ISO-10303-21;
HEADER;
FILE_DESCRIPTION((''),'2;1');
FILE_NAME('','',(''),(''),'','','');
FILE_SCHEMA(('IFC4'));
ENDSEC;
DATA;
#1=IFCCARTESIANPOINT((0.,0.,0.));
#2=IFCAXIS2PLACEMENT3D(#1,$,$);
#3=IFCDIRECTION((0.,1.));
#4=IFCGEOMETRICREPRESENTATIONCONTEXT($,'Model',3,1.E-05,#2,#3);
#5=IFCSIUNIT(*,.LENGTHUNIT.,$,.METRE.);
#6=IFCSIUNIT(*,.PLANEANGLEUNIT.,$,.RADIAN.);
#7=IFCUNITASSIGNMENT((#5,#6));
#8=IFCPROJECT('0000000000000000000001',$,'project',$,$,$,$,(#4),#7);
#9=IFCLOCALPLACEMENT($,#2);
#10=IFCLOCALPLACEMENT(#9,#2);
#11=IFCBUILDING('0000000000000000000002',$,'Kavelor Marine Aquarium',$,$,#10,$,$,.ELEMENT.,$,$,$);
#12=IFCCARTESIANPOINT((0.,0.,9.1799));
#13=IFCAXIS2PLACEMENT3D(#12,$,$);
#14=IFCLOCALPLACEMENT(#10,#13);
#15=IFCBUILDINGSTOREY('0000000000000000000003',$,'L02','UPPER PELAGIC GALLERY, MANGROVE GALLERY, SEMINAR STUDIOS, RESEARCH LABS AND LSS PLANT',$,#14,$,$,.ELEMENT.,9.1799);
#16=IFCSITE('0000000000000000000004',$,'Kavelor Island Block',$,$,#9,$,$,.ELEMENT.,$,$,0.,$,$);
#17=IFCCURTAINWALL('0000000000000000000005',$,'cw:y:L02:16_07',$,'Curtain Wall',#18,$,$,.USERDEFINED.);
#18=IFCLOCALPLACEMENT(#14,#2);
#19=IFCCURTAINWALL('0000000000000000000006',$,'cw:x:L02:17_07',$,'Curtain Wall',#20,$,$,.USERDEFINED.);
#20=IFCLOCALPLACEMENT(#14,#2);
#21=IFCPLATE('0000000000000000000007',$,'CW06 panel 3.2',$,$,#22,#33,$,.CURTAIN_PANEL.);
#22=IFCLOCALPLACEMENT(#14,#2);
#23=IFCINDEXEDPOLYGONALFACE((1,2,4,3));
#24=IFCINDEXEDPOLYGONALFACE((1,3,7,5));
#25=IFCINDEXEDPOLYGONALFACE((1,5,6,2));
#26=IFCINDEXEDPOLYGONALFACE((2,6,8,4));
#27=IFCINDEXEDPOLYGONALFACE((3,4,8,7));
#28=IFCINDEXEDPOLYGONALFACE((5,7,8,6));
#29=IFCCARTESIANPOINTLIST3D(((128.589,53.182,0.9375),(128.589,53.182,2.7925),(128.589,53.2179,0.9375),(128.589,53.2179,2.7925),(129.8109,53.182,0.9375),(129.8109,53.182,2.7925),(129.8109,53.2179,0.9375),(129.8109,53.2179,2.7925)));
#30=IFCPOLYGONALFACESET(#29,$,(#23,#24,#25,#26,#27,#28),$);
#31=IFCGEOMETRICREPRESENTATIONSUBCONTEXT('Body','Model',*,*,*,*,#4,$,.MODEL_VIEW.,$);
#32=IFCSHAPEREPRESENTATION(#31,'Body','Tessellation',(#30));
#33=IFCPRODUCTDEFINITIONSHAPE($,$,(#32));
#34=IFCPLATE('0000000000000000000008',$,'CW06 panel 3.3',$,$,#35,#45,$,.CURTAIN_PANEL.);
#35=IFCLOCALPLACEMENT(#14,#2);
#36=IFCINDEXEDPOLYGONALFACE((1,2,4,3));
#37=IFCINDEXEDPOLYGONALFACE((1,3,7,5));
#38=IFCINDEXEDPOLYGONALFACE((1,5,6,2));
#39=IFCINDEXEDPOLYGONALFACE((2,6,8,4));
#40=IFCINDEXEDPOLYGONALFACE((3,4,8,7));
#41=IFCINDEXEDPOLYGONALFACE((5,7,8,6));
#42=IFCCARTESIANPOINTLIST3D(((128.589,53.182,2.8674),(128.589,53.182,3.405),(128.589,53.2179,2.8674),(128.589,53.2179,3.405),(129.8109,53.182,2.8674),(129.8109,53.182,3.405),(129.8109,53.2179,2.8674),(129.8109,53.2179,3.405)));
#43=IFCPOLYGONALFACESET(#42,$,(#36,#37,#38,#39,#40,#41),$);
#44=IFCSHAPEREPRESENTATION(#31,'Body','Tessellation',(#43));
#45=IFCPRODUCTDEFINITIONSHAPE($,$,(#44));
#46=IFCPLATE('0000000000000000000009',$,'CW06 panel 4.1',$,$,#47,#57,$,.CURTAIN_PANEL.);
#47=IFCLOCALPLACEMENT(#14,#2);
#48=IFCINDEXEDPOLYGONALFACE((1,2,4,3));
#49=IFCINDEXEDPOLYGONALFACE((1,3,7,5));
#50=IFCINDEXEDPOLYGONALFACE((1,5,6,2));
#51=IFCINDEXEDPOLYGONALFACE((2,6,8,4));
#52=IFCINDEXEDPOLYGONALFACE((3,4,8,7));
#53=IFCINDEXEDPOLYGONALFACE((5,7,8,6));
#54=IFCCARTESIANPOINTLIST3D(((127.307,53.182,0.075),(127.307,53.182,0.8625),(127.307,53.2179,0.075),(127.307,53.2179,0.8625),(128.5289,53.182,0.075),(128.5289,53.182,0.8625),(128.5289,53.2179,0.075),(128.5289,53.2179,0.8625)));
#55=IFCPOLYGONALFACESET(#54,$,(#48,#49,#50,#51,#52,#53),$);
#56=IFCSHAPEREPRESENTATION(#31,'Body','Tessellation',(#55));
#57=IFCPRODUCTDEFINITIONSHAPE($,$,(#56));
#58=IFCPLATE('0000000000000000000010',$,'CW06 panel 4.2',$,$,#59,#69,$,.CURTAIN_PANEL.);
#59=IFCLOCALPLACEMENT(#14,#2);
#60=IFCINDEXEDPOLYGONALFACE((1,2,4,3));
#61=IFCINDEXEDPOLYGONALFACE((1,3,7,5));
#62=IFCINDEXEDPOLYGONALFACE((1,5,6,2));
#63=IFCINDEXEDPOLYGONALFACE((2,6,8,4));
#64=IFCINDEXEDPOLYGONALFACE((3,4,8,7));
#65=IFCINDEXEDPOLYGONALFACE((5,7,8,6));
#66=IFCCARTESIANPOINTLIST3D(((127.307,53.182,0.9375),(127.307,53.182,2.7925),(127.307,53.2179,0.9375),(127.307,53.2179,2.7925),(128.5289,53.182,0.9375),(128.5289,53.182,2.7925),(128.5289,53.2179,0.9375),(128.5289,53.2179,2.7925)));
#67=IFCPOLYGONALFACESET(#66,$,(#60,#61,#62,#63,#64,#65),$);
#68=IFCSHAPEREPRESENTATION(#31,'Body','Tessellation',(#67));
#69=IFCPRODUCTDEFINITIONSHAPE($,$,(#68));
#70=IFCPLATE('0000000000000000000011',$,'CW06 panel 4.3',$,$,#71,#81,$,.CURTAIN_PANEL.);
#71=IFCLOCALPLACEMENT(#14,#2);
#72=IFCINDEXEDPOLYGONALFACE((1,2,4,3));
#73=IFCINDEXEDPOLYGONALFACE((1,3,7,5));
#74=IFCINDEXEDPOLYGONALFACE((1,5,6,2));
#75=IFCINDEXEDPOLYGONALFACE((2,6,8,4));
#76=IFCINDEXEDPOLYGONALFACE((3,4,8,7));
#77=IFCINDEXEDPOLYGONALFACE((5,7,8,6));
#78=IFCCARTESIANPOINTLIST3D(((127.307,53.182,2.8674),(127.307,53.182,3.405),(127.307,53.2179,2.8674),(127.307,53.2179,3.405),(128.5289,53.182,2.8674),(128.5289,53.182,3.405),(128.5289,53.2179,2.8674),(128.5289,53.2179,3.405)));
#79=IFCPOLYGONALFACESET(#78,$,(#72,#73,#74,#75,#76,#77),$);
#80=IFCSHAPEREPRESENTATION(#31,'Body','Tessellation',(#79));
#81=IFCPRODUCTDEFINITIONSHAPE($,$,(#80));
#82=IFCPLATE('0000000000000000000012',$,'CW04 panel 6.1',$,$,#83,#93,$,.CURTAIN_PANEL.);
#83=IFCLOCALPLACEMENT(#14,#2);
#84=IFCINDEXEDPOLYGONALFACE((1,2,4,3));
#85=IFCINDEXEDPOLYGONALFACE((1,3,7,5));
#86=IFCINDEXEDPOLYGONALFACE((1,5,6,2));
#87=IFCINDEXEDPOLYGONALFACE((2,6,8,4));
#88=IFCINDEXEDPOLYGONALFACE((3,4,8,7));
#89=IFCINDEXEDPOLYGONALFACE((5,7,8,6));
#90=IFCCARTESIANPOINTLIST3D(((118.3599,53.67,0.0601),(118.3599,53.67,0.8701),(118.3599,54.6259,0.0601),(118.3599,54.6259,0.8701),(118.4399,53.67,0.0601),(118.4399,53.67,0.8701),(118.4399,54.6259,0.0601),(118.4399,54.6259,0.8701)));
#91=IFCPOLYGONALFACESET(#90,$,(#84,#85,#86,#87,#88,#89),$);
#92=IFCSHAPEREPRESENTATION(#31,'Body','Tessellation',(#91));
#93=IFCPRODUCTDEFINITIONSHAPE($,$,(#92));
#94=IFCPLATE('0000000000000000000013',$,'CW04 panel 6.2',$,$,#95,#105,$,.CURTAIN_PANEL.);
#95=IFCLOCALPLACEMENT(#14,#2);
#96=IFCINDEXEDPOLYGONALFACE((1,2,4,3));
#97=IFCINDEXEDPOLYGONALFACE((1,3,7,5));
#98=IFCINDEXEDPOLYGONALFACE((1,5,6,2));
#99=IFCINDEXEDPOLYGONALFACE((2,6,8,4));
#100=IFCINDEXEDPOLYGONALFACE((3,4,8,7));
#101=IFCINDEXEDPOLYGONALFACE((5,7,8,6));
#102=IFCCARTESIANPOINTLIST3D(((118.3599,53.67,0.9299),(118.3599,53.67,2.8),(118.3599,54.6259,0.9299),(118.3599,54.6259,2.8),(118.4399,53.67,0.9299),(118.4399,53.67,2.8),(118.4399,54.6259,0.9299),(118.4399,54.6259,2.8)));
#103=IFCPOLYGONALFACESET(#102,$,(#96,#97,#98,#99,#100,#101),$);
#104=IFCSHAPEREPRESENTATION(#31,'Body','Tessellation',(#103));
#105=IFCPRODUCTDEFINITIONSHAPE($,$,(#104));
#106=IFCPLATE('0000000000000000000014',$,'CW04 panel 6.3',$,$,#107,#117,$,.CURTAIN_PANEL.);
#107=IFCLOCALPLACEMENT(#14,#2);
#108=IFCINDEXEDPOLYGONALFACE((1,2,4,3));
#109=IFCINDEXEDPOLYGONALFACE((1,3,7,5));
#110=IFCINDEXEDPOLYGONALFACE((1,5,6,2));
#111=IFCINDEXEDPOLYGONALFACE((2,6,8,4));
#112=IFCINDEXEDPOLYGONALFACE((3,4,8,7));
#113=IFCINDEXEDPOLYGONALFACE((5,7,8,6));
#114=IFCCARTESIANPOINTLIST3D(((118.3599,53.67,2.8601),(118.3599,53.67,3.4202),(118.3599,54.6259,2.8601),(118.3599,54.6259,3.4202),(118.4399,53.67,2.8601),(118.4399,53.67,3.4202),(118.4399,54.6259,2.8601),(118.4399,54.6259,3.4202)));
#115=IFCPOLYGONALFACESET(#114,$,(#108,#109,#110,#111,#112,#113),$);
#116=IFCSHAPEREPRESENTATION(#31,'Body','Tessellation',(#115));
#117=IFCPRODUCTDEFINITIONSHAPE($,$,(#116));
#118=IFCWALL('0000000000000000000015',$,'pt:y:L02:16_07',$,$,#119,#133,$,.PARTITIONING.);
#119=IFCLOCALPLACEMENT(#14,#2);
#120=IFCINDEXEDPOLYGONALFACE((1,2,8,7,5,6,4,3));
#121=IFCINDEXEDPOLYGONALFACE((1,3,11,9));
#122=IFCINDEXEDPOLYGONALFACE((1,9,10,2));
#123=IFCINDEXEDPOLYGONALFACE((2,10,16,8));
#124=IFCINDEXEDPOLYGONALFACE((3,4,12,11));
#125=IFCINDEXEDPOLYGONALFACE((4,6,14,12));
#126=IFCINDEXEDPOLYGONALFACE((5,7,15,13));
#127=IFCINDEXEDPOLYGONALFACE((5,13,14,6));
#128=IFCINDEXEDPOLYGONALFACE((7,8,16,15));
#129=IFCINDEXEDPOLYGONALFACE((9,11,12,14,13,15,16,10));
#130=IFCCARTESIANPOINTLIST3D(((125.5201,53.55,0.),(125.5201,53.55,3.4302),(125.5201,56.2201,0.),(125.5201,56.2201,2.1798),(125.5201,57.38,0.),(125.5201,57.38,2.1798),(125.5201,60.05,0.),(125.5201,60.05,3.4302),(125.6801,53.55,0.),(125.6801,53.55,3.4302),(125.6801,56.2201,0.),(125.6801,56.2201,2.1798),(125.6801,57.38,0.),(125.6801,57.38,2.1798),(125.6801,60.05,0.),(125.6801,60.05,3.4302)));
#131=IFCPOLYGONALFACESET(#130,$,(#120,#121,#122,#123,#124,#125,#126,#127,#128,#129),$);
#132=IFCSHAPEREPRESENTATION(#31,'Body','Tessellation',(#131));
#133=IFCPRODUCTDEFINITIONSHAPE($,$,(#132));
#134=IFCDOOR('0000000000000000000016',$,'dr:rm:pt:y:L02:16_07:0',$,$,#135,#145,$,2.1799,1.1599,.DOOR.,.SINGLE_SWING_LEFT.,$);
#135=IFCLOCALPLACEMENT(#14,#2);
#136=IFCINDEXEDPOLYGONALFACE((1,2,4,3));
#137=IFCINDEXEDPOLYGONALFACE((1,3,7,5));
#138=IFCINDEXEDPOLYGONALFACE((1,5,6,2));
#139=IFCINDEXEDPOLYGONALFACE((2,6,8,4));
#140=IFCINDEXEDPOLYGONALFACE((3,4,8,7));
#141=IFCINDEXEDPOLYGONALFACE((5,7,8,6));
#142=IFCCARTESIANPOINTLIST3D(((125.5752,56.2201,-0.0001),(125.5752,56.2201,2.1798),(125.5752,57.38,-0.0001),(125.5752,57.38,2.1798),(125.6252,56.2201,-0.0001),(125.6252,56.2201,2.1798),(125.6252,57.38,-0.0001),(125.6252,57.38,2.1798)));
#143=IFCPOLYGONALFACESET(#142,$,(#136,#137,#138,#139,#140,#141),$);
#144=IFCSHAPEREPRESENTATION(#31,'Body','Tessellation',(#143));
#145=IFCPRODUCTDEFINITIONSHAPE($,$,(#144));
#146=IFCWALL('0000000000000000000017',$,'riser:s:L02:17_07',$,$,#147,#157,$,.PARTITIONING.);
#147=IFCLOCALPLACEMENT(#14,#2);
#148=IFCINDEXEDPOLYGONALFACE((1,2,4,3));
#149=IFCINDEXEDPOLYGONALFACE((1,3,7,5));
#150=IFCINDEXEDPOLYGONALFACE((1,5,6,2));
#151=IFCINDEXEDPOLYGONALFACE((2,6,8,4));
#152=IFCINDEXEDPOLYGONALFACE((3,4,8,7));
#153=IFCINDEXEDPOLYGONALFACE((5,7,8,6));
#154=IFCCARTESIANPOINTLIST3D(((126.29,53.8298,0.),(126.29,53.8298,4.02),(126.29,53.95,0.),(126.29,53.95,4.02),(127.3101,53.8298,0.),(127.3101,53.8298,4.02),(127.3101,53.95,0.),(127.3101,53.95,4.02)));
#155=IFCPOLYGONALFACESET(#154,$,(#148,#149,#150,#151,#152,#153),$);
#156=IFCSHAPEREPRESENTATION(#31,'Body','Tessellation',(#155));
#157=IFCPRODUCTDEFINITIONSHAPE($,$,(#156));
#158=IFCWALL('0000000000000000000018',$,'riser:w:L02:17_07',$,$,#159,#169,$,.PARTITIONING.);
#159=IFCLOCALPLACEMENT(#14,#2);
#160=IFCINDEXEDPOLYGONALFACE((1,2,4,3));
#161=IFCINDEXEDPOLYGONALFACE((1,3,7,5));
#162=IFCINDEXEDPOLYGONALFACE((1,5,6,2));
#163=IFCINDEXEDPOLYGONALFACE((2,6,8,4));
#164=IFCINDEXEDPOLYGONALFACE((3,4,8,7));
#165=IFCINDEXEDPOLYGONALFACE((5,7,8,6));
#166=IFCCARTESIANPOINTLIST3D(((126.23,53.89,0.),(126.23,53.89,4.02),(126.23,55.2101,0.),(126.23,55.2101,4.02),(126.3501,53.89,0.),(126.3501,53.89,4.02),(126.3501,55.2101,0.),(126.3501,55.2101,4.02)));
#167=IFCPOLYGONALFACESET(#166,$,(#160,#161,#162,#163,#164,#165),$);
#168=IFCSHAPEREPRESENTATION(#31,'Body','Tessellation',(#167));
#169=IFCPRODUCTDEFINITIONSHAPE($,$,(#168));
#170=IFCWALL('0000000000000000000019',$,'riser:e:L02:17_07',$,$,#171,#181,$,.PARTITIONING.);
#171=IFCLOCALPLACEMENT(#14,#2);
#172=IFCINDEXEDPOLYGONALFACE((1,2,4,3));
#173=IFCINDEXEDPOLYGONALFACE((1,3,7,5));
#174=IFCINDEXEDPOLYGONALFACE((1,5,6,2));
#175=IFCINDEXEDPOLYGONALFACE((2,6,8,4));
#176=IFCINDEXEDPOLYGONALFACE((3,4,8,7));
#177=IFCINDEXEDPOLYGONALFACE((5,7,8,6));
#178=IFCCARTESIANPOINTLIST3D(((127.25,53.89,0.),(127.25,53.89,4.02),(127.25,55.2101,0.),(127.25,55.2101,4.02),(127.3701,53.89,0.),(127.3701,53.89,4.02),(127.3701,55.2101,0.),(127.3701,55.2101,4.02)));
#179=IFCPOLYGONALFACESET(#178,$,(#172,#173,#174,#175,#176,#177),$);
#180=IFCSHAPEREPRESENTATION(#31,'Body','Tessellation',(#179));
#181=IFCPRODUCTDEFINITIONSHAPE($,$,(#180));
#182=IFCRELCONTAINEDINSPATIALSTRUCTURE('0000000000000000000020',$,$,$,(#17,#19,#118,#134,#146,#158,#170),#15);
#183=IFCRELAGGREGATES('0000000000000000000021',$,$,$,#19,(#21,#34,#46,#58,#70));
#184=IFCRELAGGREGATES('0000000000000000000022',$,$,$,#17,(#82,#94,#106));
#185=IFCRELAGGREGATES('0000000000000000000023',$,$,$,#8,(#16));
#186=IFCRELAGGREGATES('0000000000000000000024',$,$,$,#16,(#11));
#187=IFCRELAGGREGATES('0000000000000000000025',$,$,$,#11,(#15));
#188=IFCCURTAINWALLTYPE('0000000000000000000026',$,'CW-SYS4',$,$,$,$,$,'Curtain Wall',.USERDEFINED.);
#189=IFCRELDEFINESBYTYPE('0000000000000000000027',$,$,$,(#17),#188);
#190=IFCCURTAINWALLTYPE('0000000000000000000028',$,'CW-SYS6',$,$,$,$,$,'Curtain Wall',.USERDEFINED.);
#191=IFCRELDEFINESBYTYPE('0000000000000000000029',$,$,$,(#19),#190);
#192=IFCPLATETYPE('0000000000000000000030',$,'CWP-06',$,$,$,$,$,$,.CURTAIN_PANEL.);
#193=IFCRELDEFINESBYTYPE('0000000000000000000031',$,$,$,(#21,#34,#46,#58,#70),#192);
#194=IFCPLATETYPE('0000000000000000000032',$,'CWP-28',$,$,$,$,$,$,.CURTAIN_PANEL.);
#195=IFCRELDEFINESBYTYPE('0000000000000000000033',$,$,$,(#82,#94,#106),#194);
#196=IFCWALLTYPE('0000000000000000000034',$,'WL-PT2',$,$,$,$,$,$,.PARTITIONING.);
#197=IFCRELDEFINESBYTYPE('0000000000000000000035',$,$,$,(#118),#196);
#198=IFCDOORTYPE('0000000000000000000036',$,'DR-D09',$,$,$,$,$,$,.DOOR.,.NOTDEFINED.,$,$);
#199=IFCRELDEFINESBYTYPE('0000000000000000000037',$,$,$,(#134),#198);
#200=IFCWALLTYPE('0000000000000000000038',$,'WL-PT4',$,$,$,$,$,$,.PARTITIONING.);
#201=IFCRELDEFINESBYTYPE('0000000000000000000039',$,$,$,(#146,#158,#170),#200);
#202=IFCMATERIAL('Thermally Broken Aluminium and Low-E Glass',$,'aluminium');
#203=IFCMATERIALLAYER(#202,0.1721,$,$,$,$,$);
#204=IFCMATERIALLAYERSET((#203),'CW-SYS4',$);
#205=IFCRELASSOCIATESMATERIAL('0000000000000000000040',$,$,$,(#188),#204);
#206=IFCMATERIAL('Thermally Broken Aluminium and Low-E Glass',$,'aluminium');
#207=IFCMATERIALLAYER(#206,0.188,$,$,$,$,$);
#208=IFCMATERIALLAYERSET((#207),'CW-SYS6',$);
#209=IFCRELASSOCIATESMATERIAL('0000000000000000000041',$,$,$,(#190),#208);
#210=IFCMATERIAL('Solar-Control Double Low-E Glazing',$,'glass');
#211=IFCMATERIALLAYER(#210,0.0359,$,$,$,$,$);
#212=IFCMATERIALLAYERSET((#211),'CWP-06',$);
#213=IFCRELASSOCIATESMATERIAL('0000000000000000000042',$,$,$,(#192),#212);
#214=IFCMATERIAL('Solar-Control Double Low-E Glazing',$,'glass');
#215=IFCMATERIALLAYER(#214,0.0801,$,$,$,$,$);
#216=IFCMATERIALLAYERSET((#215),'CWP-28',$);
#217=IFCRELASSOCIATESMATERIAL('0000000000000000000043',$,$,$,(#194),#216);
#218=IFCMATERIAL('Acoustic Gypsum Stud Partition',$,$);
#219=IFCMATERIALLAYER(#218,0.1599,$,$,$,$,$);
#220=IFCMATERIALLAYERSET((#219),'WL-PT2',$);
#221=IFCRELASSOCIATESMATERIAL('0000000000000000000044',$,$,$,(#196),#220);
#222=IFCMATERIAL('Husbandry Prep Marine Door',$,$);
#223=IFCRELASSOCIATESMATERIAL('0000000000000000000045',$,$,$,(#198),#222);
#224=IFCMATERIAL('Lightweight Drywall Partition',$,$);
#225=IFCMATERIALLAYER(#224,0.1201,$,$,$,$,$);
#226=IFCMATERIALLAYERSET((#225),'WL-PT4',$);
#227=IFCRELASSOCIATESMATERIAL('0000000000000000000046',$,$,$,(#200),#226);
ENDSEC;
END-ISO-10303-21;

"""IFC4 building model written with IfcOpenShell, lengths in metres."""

from ifc_helpers import new_model, si_unit, direction, frame, frame_2d, origin, origin_2d, place, context, subcontext, project, spatial, rectangle, extrude, material, layer, layer_set, type_object, element, fill, aggregate, save


model = new_model("IFC4")

# Units and contexts
model_context = context("Model", 3, precision=1e-05, world=origin(), true_north=direction((0.0, 1.0)))
body_context = subcontext(model_context, "Body", "Model", "MODEL_VIEW")
ifc_project = project(units=[si_unit("LENGTHUNIT", "METRE"), si_unit("PLANEANGLEUNIT", "RADIAN")], contexts=[model_context])

# Site, building, storey
site_placement = place(None, origin())
site = spatial("IfcSite", under=ifc_project, at=site_placement, Name="Kavelor Island Block", CompositionType="ELEMENT", RefElevation=0.0)
building_placement = place(site_placement, origin())
building = spatial("IfcBuilding", under=site, at=building_placement, Name="Kavelor Marine Aquarium", CompositionType="ELEMENT")
storey_placement = place(building_placement, frame((0.0, 0.0, 9.1799)))
storey = spatial("IfcBuildingStorey", under=building, at=storey_placement, Name="L02", Description="UPPER PELAGIC GALLERY, MANGROVE GALLERY, SEMINAR STUDIOS, RESEARCH LABS AND LSS PLANT", CompositionType="ELEMENT", Elevation=9.1799)

# Curtain wall
ifc_material_1 = material(Name="Thermally Broken Aluminium and Low-E Glass", Category="aluminium")
ifc_layer_1 = layer(ifc_material_1, 0.1721)
ifc_layer_set_1 = layer_set([ifc_layer_1], Name="CW-SYS4")
curtain_wall_type_1 = type_object("IfcCurtainWallType", Name="CW-SYS4", ElementType="Curtain Wall", PredefinedType="USERDEFINED", material=ifc_layer_set_1)
curtain_wall_1_placement = place(storey_placement, origin())
curtain_wall_1 = element("IfcCurtainWall", 1, at=curtain_wall_1_placement, inside=storey, type_object=curtain_wall_type_1, Name="cw:y:L02:16_07", ObjectType="Curtain Wall", PredefinedType="USERDEFINED")

# Curtain wall
ifc_material_2 = material(Name="Thermally Broken Aluminium and Low-E Glass", Category="aluminium")
ifc_layer_2 = layer(ifc_material_2, 0.188)
ifc_layer_set_2 = layer_set([ifc_layer_2], Name="CW-SYS6")
curtain_wall_type_2 = type_object("IfcCurtainWallType", Name="CW-SYS6", ElementType="Curtain Wall", PredefinedType="USERDEFINED", material=ifc_layer_set_2)
curtain_wall_2_placement = place(storey_placement, origin())
curtain_wall_2 = element("IfcCurtainWall", 2, at=curtain_wall_2_placement, inside=storey, type_object=curtain_wall_type_2, Name="cw:x:L02:17_07", ObjectType="Curtain Wall", PredefinedType="USERDEFINED")

# Plates
ifc_material_3 = material(Name="Solar-Control Double Low-E Glazing", Category="glass")
ifc_layer_3 = layer(ifc_material_3, 0.0359)
ifc_layer_set_3 = layer_set([ifc_layer_3], Name="CWP-06")
plate_type_1 = type_object("IfcPlateType", Name="CWP-06", PredefinedType="CURTAIN_PANEL", material=ifc_layer_set_3)
plate_1_placement = place(storey_placement, frame((129.2, 53.2, 0.9375), z_axis=(0.0, 0.0, 1.0), x_axis=(-1.0, 0.0, 0.0)))
plate_1 = element("IfcPlate", 3, at=plate_1_placement, type_object=plate_type_1, Name="CW06 panel 3.2", PredefinedType="CURTAIN_PANEL", context=body_context, shape_type="SweptSolid", body=[
    extrude(rectangle(XDim=1.2219, YDim=0.0359, at=origin_2d()), origin(), (0.0, 0.0, 1.0), 1.855),
])
plate_2_placement = place(storey_placement, frame((129.2, 53.2, 2.8674), z_axis=(0.0, 0.0, 1.0), x_axis=(-1.0, 0.0, 0.0)))
plate_2 = element("IfcPlate", 4, at=plate_2_placement, type_object=plate_type_1, Name="CW06 panel 3.3", PredefinedType="CURTAIN_PANEL", context=body_context, shape_type="SweptSolid", body=[
    extrude(rectangle(XDim=1.2219, YDim=0.0359, at=origin_2d()), origin(), (0.0, 0.0, 1.0), 0.5376),
])
plate_3_placement = place(storey_placement, frame((127.918, 53.2, 0.075), z_axis=(0.0, 0.0, 1.0), x_axis=(-1.0, 0.0, 0.0)))
plate_3 = element("IfcPlate", 5, at=plate_3_placement, type_object=plate_type_1, Name="CW06 panel 4.1", PredefinedType="CURTAIN_PANEL", context=body_context, shape_type="SweptSolid", body=[
    extrude(rectangle(XDim=1.2219, YDim=0.0359, at=origin_2d()), origin(), (0.0, 0.0, 1.0), 0.7876),
])
plate_4_placement = place(storey_placement, frame((127.918, 53.2, 0.9375), z_axis=(0.0, 0.0, 1.0), x_axis=(-1.0, 0.0, 0.0)))
plate_4 = element("IfcPlate", 6, at=plate_4_placement, type_object=plate_type_1, Name="CW06 panel 4.2", PredefinedType="CURTAIN_PANEL", context=body_context, shape_type="SweptSolid", body=[
    extrude(rectangle(XDim=1.2219, YDim=0.0359, at=origin_2d()), origin(), (0.0, 0.0, 1.0), 1.855),
])
plate_5_placement = place(storey_placement, frame((127.918, 53.2, 2.8674), z_axis=(0.0, 0.0, 1.0), x_axis=(-1.0, 0.0, 0.0)))
plate_5 = element("IfcPlate", 7, at=plate_5_placement, type_object=plate_type_1, Name="CW06 panel 4.3", PredefinedType="CURTAIN_PANEL", context=body_context, shape_type="SweptSolid", body=[
    extrude(rectangle(XDim=1.2219, YDim=0.0359, at=origin_2d()), origin(), (0.0, 0.0, 1.0), 0.5376),
])
aggregate(curtain_wall_2, [plate_1, plate_2, plate_3, plate_4, plate_5])
ifc_material_4 = material(Name="Solar-Control Double Low-E Glazing", Category="glass")
ifc_layer_4 = layer(ifc_material_4, 0.0801)
ifc_layer_set_4 = layer_set([ifc_layer_4], Name="CWP-28")
plate_type_2 = type_object("IfcPlateType", Name="CWP-28", PredefinedType="CURTAIN_PANEL", material=ifc_layer_set_4)
plate_6_placement = place(storey_placement, frame((118.3999, 54.1479, 0.0601), z_axis=(0.0, 0.0, 1.0), x_axis=(0.0, -1.0, 0.0)))
plate_6 = element("IfcPlate", 8, at=plate_6_placement, type_object=plate_type_2, Name="CW04 panel 6.1", PredefinedType="CURTAIN_PANEL", context=body_context, shape_type="SweptSolid", body=[
    extrude(rectangle(XDim=0.9558, YDim=0.0801, at=origin_2d()), origin(), (0.0, 0.0, 1.0), 0.8101),
])
plate_7_placement = place(storey_placement, frame((118.3999, 54.1479, 0.9299), z_axis=(0.0, 0.0, 1.0), x_axis=(0.0, -1.0, 0.0)))
plate_7 = element("IfcPlate", 9, at=plate_7_placement, type_object=plate_type_2, Name="CW04 panel 6.2", PredefinedType="CURTAIN_PANEL", context=body_context, shape_type="SweptSolid", body=[
    extrude(rectangle(XDim=0.9558, YDim=0.0801, at=origin_2d()), origin(), (0.0, 0.0, 1.0), 1.8701),
])
plate_8_placement = place(storey_placement, frame((118.3999, 54.1479, 2.8601), z_axis=(0.0, 0.0, 1.0), x_axis=(0.0, -1.0, 0.0)))
plate_8 = element("IfcPlate", 10, at=plate_8_placement, type_object=plate_type_2, Name="CW04 panel 6.3", PredefinedType="CURTAIN_PANEL", context=body_context, shape_type="SweptSolid", body=[
    extrude(rectangle(XDim=0.9558, YDim=0.0801, at=origin_2d()), origin(), (0.0, 0.0, 1.0), 0.5601),
])
aggregate(curtain_wall_1, [plate_6, plate_7, plate_8])

# Wall, opening, door
ifc_material_5 = material(Name="Acoustic Gypsum Stud Partition")
ifc_layer_5 = layer(ifc_material_5, 0.1599)
ifc_layer_set_5 = layer_set([ifc_layer_5], Name="WL-PT2")
wall_type_1 = type_object("IfcWallType", Name="WL-PT2", PredefinedType="PARTITIONING", material=ifc_layer_set_5)
wall_1_placement = place(storey_placement, frame((125.6001, 53.55, 0.0), z_axis=(0.0, 0.0, 1.0), x_axis=(0.0, 1.0, 0.0)))
wall_1 = element("IfcWall", 11, at=wall_1_placement, inside=storey, type_object=wall_type_1, Name="pt:y:L02:16_07", PredefinedType="PARTITIONING", context=body_context, shape_type="SweptSolid", body=[
    extrude(rectangle(XDim=6.5, YDim=0.1599, at=frame_2d((3.25, 0.0))), origin(), (0.0, 0.0, 1.0), 3.4302),
])
opening_placement = place(wall_1_placement, frame((2.6699, 0.0, 0.0)))
opening = element("IfcOpeningElement", 12, at=opening_placement, cuts=wall_1, PredefinedType="OPENING", context=body_context, shape_type="SweptSolid", body=[
    extrude(rectangle(XDim=1.1599, YDim=2.1799, at=frame_2d((0.5801, 1.0898))), frame((0.0, 0.0898, 0.0), z_axis=(0.0, -1.0, 0.0), x_axis=(1.0, 0.0, 0.0)), (0.0, 0.0, 1.0), 0.1799),
])
ifc_material_6 = material(Name="Husbandry Prep Marine Door")
door_type = type_object("IfcDoorType", Name="DR-D09", OperationType="NOTDEFINED", PredefinedType="DOOR", material=ifc_material_6)
door_placement = place(opening_placement, origin())
door = element("IfcDoor", 13, at=door_placement, inside=storey, type_object=door_type, Name="dr:rm:pt:y:L02:16_07:0", OperationType="SINGLE_SWING_LEFT", OverallHeight=2.1799, OverallWidth=1.1599, PredefinedType="DOOR", context=body_context, shape_type="SweptSolid", body=[
    extrude(rectangle(XDim=1.1599, YDim=2.1799, at=frame_2d((0.5801, 1.0898))), frame((0.0, 0.0249, 0.0), z_axis=(0.0, -1.0, 0.0), x_axis=(1.0, 0.0, 0.0)), (0.0, 0.0, 1.0), 0.05),
])
fill(opening, door)

# Walls
ifc_material_7 = material(Name="Lightweight Drywall Partition")
ifc_layer_6 = layer(ifc_material_7, 0.1201)
ifc_layer_set_6 = layer_set([ifc_layer_6], Name="WL-PT4")
wall_type_2 = type_object("IfcWallType", Name="WL-PT4", PredefinedType="PARTITIONING", material=ifc_layer_set_6)
wall_2_placement = place(storey_placement, frame((126.29, 53.8899, 0.0), z_axis=(0.0, 0.0, 1.0), x_axis=(1.0, 0.0, 0.0)))
element("IfcWall", 14, at=wall_2_placement, inside=storey, type_object=wall_type_2, Name="riser:s:L02:17_07", PredefinedType="PARTITIONING", context=body_context, shape_type="SweptSolid", body=[
    extrude(rectangle(XDim=1.02, YDim=0.1201, at=frame_2d((0.51, 0.0))), origin(), (0.0, 0.0, 1.0), 4.02),
])
for number, where, z_axis, x_axis, name in (
    (15, (126.29, 53.8899, 0.0), (0.0, 0.0, 1.0), (0.0, 1.0, 0.0), "riser:w:L02:17_07"),
    (16, (127.3101, 53.8899, 0.0), (0.0, 0.0, 1.0), (0.0, 1.0, 0.0), "riser:e:L02:17_07"),
):
    element("IfcWall", number, at=place(storey_placement, frame(where, z_axis=z_axis, x_axis=x_axis)), inside=storey, type_object=wall_type_2, Name=name, PredefinedType="PARTITIONING", context=body_context, shape_type="SweptSolid", body=[
        extrude(rectangle(XDim=1.3201, YDim=0.1201, at=frame_2d((0.6602, 0.0))), origin(), (0.0, 0.0, 1.0), 4.02),
    ])

save(model, "model.ifc")
